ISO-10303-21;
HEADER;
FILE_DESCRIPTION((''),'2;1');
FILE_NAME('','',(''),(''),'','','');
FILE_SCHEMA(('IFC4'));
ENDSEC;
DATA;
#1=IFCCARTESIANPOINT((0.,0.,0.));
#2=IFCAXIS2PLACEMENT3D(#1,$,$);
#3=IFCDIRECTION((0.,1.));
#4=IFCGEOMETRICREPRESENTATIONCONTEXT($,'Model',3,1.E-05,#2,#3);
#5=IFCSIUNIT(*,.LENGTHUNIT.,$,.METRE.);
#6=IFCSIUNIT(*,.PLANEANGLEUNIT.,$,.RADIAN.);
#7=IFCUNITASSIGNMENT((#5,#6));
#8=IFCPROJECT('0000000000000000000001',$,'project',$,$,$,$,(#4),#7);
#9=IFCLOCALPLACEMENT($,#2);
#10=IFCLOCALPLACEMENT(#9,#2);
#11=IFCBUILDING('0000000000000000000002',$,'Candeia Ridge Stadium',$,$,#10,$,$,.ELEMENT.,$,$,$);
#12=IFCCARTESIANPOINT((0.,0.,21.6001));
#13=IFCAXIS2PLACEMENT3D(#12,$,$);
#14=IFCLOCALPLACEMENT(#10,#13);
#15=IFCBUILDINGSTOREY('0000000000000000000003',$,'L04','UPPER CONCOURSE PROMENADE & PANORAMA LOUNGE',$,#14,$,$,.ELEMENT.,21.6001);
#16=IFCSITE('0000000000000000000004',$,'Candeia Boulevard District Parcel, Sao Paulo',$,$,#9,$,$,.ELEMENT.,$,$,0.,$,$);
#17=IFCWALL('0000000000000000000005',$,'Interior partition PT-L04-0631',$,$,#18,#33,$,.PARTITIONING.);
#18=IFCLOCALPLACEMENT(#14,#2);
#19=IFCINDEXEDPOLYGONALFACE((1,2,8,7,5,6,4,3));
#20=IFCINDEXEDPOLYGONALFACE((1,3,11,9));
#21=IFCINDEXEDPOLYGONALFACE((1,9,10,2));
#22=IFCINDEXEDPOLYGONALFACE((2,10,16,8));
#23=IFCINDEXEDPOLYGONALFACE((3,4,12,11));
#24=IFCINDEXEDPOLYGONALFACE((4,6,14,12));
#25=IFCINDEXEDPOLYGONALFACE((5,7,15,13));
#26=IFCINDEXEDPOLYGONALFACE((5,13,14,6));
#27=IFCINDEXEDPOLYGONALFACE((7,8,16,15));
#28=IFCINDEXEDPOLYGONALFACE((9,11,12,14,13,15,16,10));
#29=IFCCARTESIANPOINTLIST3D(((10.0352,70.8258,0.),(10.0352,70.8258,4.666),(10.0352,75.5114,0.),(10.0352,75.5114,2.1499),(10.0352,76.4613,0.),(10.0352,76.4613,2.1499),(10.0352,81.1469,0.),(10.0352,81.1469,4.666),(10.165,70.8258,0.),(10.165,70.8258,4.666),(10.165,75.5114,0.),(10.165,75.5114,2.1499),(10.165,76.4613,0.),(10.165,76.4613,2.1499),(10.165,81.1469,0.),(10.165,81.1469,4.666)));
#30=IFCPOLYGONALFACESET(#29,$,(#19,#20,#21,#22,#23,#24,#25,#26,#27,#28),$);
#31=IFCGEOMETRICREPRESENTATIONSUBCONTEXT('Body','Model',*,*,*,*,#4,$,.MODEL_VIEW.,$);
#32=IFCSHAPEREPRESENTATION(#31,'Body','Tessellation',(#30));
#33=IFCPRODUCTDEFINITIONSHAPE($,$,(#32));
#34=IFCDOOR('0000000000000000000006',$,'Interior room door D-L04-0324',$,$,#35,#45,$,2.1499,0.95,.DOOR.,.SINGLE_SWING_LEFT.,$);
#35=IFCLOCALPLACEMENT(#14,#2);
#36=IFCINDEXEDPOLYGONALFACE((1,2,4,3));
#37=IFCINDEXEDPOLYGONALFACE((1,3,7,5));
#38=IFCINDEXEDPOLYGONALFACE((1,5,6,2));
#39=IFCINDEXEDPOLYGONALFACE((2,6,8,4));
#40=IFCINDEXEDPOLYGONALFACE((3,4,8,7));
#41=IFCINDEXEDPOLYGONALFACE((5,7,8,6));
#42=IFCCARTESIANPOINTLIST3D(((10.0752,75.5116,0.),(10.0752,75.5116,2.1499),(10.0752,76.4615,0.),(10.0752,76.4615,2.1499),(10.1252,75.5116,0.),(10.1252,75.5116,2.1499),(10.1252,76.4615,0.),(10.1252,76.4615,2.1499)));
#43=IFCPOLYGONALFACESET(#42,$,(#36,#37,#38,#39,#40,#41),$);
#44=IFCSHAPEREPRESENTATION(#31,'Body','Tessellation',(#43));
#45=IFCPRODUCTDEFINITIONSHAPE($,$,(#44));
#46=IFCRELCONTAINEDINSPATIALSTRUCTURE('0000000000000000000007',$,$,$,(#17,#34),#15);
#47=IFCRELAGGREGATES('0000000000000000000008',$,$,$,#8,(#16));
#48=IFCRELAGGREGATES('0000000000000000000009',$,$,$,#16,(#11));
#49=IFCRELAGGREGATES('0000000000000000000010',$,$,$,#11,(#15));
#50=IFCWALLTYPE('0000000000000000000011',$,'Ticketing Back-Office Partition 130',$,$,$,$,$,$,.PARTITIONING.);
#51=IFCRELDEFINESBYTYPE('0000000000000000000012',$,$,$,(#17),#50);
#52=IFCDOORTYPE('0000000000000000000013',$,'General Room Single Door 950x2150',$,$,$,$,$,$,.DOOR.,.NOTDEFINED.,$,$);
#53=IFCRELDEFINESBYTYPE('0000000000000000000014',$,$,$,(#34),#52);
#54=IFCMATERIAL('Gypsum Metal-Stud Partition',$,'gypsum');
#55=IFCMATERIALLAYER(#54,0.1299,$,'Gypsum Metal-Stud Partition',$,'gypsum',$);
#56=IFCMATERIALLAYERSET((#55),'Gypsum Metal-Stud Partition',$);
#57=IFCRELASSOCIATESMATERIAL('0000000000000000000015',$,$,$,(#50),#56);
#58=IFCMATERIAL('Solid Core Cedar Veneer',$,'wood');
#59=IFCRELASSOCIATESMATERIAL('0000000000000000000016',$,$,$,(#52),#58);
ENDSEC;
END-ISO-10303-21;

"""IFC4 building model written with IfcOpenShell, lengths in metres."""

from ifc_helpers import new_model, si_unit, direction, frame, frame_2d, origin, place, context, subcontext, project, spatial, rectangle, extrude, material, layer, layer_set, type_object, element, fill, save


model = new_model("IFC4")

# Units and contexts
model_context = context("Model", 3, precision=1e-05, world=origin(), true_north=direction((0.0, 1.0)))
body_context = subcontext(model_context, "Body", "Model", "MODEL_VIEW")
ifc_project = project(units=[si_unit("LENGTHUNIT", "METRE"), si_unit("PLANEANGLEUNIT", "RADIAN")], contexts=[model_context])

# Site, building, storey
site_placement = place(None, origin())
site = spatial("IfcSite", under=ifc_project, at=site_placement, Name="Candeia Boulevard District Parcel, Sao Paulo", CompositionType="ELEMENT", RefElevation=0.0)
building_placement = place(site_placement, origin())
building = spatial("IfcBuilding", under=site, at=building_placement, Name="Candeia Ridge Stadium", CompositionType="ELEMENT")
storey_placement = place(building_placement, frame((0.0, 0.0, 21.6001)))
storey = spatial("IfcBuildingStorey", under=building, at=storey_placement, Name="L04", Description="UPPER CONCOURSE PROMENADE & PANORAMA LOUNGE", CompositionType="ELEMENT", Elevation=21.6001)

# Wall, opening, door
ifc_material_1 = material(Name="Gypsum Metal-Stud Partition", Category="gypsum")
ifc_layer_1 = layer(ifc_material_1, 0.1299, Name="Gypsum Metal-Stud Partition", Category="gypsum")
ifc_layer_set_1 = layer_set([ifc_layer_1], Name="Gypsum Metal-Stud Partition")
wall_type_1 = type_object("IfcWallType", Name="Ticketing Back-Office Partition 130", PredefinedType="PARTITIONING", material=ifc_layer_set_1)
wall_1_placement = place(storey_placement, frame((10.1001, 81.147, 0.0), z_axis=(0.0, 0.0, 1.0), x_axis=(0.0, -1.0, 0.0)))
wall_1 = element("IfcWall", 1, at=wall_1_placement, inside=storey, type_object=wall_type_1, Name="Interior partition PT-L04-0631", PredefinedType="PARTITIONING", context=body_context, shape_type="SweptSolid", body=[
    extrude(rectangle(XDim=10.321, YDim=0.1299, at=frame_2d((5.1606, 0.0))), origin(), (0.0, 0.0, 1.0), 4.666),
])
opening_1_placement = place(wall_1_placement, frame((4.6855, 0.0, 0.0)))
opening_1 = element("IfcOpeningElement", 2, at=opening_1_placement, cuts=wall_1, PredefinedType="OPENING", context=body_context, shape_type="SweptSolid", body=[
    extrude(rectangle(XDim=0.95, YDim=2.1499, at=frame_2d((0.4751, 1.075))), frame((0.0, 0.075, 0.0), z_axis=(0.0, -1.0, 0.0), x_axis=(1.0, 0.0, 0.0)), (0.0, 0.0, 1.0), 0.1499),
])
ifc_material_2 = material(Name="Solid Core Cedar Veneer", Category="wood")
door_type_1 = type_object("IfcDoorType", Name="General Room Single Door 950x2150", OperationType="NOTDEFINED", PredefinedType="DOOR", material=ifc_material_2)
door_1_placement = place(opening_1_placement, frame((0.95, 0.0, 0.0), z_axis=(0.0, 0.0, 1.0), x_axis=(-1.0, 0.0, 0.0)))
door_1 = element("IfcDoor", 3, at=door_1_placement, inside=storey, type_object=door_type_1, Name="Interior room door D-L04-0324", OperationType="SINGLE_SWING_LEFT", OverallHeight=2.1499, OverallWidth=0.95, PredefinedType="DOOR", context=body_context, shape_type="SweptSolid", body=[
    extrude(rectangle(XDim=0.95, YDim=2.1499, at=frame_2d((0.4751, 1.075))), frame((0.0, 0.0249, 0.0), z_axis=(0.0, -1.0, 0.0), x_axis=(1.0, 0.0, 0.0)), (0.0, 0.0, 1.0), 0.05),
])
fill(opening_1, door_1)

save(model, "model.ifc")
